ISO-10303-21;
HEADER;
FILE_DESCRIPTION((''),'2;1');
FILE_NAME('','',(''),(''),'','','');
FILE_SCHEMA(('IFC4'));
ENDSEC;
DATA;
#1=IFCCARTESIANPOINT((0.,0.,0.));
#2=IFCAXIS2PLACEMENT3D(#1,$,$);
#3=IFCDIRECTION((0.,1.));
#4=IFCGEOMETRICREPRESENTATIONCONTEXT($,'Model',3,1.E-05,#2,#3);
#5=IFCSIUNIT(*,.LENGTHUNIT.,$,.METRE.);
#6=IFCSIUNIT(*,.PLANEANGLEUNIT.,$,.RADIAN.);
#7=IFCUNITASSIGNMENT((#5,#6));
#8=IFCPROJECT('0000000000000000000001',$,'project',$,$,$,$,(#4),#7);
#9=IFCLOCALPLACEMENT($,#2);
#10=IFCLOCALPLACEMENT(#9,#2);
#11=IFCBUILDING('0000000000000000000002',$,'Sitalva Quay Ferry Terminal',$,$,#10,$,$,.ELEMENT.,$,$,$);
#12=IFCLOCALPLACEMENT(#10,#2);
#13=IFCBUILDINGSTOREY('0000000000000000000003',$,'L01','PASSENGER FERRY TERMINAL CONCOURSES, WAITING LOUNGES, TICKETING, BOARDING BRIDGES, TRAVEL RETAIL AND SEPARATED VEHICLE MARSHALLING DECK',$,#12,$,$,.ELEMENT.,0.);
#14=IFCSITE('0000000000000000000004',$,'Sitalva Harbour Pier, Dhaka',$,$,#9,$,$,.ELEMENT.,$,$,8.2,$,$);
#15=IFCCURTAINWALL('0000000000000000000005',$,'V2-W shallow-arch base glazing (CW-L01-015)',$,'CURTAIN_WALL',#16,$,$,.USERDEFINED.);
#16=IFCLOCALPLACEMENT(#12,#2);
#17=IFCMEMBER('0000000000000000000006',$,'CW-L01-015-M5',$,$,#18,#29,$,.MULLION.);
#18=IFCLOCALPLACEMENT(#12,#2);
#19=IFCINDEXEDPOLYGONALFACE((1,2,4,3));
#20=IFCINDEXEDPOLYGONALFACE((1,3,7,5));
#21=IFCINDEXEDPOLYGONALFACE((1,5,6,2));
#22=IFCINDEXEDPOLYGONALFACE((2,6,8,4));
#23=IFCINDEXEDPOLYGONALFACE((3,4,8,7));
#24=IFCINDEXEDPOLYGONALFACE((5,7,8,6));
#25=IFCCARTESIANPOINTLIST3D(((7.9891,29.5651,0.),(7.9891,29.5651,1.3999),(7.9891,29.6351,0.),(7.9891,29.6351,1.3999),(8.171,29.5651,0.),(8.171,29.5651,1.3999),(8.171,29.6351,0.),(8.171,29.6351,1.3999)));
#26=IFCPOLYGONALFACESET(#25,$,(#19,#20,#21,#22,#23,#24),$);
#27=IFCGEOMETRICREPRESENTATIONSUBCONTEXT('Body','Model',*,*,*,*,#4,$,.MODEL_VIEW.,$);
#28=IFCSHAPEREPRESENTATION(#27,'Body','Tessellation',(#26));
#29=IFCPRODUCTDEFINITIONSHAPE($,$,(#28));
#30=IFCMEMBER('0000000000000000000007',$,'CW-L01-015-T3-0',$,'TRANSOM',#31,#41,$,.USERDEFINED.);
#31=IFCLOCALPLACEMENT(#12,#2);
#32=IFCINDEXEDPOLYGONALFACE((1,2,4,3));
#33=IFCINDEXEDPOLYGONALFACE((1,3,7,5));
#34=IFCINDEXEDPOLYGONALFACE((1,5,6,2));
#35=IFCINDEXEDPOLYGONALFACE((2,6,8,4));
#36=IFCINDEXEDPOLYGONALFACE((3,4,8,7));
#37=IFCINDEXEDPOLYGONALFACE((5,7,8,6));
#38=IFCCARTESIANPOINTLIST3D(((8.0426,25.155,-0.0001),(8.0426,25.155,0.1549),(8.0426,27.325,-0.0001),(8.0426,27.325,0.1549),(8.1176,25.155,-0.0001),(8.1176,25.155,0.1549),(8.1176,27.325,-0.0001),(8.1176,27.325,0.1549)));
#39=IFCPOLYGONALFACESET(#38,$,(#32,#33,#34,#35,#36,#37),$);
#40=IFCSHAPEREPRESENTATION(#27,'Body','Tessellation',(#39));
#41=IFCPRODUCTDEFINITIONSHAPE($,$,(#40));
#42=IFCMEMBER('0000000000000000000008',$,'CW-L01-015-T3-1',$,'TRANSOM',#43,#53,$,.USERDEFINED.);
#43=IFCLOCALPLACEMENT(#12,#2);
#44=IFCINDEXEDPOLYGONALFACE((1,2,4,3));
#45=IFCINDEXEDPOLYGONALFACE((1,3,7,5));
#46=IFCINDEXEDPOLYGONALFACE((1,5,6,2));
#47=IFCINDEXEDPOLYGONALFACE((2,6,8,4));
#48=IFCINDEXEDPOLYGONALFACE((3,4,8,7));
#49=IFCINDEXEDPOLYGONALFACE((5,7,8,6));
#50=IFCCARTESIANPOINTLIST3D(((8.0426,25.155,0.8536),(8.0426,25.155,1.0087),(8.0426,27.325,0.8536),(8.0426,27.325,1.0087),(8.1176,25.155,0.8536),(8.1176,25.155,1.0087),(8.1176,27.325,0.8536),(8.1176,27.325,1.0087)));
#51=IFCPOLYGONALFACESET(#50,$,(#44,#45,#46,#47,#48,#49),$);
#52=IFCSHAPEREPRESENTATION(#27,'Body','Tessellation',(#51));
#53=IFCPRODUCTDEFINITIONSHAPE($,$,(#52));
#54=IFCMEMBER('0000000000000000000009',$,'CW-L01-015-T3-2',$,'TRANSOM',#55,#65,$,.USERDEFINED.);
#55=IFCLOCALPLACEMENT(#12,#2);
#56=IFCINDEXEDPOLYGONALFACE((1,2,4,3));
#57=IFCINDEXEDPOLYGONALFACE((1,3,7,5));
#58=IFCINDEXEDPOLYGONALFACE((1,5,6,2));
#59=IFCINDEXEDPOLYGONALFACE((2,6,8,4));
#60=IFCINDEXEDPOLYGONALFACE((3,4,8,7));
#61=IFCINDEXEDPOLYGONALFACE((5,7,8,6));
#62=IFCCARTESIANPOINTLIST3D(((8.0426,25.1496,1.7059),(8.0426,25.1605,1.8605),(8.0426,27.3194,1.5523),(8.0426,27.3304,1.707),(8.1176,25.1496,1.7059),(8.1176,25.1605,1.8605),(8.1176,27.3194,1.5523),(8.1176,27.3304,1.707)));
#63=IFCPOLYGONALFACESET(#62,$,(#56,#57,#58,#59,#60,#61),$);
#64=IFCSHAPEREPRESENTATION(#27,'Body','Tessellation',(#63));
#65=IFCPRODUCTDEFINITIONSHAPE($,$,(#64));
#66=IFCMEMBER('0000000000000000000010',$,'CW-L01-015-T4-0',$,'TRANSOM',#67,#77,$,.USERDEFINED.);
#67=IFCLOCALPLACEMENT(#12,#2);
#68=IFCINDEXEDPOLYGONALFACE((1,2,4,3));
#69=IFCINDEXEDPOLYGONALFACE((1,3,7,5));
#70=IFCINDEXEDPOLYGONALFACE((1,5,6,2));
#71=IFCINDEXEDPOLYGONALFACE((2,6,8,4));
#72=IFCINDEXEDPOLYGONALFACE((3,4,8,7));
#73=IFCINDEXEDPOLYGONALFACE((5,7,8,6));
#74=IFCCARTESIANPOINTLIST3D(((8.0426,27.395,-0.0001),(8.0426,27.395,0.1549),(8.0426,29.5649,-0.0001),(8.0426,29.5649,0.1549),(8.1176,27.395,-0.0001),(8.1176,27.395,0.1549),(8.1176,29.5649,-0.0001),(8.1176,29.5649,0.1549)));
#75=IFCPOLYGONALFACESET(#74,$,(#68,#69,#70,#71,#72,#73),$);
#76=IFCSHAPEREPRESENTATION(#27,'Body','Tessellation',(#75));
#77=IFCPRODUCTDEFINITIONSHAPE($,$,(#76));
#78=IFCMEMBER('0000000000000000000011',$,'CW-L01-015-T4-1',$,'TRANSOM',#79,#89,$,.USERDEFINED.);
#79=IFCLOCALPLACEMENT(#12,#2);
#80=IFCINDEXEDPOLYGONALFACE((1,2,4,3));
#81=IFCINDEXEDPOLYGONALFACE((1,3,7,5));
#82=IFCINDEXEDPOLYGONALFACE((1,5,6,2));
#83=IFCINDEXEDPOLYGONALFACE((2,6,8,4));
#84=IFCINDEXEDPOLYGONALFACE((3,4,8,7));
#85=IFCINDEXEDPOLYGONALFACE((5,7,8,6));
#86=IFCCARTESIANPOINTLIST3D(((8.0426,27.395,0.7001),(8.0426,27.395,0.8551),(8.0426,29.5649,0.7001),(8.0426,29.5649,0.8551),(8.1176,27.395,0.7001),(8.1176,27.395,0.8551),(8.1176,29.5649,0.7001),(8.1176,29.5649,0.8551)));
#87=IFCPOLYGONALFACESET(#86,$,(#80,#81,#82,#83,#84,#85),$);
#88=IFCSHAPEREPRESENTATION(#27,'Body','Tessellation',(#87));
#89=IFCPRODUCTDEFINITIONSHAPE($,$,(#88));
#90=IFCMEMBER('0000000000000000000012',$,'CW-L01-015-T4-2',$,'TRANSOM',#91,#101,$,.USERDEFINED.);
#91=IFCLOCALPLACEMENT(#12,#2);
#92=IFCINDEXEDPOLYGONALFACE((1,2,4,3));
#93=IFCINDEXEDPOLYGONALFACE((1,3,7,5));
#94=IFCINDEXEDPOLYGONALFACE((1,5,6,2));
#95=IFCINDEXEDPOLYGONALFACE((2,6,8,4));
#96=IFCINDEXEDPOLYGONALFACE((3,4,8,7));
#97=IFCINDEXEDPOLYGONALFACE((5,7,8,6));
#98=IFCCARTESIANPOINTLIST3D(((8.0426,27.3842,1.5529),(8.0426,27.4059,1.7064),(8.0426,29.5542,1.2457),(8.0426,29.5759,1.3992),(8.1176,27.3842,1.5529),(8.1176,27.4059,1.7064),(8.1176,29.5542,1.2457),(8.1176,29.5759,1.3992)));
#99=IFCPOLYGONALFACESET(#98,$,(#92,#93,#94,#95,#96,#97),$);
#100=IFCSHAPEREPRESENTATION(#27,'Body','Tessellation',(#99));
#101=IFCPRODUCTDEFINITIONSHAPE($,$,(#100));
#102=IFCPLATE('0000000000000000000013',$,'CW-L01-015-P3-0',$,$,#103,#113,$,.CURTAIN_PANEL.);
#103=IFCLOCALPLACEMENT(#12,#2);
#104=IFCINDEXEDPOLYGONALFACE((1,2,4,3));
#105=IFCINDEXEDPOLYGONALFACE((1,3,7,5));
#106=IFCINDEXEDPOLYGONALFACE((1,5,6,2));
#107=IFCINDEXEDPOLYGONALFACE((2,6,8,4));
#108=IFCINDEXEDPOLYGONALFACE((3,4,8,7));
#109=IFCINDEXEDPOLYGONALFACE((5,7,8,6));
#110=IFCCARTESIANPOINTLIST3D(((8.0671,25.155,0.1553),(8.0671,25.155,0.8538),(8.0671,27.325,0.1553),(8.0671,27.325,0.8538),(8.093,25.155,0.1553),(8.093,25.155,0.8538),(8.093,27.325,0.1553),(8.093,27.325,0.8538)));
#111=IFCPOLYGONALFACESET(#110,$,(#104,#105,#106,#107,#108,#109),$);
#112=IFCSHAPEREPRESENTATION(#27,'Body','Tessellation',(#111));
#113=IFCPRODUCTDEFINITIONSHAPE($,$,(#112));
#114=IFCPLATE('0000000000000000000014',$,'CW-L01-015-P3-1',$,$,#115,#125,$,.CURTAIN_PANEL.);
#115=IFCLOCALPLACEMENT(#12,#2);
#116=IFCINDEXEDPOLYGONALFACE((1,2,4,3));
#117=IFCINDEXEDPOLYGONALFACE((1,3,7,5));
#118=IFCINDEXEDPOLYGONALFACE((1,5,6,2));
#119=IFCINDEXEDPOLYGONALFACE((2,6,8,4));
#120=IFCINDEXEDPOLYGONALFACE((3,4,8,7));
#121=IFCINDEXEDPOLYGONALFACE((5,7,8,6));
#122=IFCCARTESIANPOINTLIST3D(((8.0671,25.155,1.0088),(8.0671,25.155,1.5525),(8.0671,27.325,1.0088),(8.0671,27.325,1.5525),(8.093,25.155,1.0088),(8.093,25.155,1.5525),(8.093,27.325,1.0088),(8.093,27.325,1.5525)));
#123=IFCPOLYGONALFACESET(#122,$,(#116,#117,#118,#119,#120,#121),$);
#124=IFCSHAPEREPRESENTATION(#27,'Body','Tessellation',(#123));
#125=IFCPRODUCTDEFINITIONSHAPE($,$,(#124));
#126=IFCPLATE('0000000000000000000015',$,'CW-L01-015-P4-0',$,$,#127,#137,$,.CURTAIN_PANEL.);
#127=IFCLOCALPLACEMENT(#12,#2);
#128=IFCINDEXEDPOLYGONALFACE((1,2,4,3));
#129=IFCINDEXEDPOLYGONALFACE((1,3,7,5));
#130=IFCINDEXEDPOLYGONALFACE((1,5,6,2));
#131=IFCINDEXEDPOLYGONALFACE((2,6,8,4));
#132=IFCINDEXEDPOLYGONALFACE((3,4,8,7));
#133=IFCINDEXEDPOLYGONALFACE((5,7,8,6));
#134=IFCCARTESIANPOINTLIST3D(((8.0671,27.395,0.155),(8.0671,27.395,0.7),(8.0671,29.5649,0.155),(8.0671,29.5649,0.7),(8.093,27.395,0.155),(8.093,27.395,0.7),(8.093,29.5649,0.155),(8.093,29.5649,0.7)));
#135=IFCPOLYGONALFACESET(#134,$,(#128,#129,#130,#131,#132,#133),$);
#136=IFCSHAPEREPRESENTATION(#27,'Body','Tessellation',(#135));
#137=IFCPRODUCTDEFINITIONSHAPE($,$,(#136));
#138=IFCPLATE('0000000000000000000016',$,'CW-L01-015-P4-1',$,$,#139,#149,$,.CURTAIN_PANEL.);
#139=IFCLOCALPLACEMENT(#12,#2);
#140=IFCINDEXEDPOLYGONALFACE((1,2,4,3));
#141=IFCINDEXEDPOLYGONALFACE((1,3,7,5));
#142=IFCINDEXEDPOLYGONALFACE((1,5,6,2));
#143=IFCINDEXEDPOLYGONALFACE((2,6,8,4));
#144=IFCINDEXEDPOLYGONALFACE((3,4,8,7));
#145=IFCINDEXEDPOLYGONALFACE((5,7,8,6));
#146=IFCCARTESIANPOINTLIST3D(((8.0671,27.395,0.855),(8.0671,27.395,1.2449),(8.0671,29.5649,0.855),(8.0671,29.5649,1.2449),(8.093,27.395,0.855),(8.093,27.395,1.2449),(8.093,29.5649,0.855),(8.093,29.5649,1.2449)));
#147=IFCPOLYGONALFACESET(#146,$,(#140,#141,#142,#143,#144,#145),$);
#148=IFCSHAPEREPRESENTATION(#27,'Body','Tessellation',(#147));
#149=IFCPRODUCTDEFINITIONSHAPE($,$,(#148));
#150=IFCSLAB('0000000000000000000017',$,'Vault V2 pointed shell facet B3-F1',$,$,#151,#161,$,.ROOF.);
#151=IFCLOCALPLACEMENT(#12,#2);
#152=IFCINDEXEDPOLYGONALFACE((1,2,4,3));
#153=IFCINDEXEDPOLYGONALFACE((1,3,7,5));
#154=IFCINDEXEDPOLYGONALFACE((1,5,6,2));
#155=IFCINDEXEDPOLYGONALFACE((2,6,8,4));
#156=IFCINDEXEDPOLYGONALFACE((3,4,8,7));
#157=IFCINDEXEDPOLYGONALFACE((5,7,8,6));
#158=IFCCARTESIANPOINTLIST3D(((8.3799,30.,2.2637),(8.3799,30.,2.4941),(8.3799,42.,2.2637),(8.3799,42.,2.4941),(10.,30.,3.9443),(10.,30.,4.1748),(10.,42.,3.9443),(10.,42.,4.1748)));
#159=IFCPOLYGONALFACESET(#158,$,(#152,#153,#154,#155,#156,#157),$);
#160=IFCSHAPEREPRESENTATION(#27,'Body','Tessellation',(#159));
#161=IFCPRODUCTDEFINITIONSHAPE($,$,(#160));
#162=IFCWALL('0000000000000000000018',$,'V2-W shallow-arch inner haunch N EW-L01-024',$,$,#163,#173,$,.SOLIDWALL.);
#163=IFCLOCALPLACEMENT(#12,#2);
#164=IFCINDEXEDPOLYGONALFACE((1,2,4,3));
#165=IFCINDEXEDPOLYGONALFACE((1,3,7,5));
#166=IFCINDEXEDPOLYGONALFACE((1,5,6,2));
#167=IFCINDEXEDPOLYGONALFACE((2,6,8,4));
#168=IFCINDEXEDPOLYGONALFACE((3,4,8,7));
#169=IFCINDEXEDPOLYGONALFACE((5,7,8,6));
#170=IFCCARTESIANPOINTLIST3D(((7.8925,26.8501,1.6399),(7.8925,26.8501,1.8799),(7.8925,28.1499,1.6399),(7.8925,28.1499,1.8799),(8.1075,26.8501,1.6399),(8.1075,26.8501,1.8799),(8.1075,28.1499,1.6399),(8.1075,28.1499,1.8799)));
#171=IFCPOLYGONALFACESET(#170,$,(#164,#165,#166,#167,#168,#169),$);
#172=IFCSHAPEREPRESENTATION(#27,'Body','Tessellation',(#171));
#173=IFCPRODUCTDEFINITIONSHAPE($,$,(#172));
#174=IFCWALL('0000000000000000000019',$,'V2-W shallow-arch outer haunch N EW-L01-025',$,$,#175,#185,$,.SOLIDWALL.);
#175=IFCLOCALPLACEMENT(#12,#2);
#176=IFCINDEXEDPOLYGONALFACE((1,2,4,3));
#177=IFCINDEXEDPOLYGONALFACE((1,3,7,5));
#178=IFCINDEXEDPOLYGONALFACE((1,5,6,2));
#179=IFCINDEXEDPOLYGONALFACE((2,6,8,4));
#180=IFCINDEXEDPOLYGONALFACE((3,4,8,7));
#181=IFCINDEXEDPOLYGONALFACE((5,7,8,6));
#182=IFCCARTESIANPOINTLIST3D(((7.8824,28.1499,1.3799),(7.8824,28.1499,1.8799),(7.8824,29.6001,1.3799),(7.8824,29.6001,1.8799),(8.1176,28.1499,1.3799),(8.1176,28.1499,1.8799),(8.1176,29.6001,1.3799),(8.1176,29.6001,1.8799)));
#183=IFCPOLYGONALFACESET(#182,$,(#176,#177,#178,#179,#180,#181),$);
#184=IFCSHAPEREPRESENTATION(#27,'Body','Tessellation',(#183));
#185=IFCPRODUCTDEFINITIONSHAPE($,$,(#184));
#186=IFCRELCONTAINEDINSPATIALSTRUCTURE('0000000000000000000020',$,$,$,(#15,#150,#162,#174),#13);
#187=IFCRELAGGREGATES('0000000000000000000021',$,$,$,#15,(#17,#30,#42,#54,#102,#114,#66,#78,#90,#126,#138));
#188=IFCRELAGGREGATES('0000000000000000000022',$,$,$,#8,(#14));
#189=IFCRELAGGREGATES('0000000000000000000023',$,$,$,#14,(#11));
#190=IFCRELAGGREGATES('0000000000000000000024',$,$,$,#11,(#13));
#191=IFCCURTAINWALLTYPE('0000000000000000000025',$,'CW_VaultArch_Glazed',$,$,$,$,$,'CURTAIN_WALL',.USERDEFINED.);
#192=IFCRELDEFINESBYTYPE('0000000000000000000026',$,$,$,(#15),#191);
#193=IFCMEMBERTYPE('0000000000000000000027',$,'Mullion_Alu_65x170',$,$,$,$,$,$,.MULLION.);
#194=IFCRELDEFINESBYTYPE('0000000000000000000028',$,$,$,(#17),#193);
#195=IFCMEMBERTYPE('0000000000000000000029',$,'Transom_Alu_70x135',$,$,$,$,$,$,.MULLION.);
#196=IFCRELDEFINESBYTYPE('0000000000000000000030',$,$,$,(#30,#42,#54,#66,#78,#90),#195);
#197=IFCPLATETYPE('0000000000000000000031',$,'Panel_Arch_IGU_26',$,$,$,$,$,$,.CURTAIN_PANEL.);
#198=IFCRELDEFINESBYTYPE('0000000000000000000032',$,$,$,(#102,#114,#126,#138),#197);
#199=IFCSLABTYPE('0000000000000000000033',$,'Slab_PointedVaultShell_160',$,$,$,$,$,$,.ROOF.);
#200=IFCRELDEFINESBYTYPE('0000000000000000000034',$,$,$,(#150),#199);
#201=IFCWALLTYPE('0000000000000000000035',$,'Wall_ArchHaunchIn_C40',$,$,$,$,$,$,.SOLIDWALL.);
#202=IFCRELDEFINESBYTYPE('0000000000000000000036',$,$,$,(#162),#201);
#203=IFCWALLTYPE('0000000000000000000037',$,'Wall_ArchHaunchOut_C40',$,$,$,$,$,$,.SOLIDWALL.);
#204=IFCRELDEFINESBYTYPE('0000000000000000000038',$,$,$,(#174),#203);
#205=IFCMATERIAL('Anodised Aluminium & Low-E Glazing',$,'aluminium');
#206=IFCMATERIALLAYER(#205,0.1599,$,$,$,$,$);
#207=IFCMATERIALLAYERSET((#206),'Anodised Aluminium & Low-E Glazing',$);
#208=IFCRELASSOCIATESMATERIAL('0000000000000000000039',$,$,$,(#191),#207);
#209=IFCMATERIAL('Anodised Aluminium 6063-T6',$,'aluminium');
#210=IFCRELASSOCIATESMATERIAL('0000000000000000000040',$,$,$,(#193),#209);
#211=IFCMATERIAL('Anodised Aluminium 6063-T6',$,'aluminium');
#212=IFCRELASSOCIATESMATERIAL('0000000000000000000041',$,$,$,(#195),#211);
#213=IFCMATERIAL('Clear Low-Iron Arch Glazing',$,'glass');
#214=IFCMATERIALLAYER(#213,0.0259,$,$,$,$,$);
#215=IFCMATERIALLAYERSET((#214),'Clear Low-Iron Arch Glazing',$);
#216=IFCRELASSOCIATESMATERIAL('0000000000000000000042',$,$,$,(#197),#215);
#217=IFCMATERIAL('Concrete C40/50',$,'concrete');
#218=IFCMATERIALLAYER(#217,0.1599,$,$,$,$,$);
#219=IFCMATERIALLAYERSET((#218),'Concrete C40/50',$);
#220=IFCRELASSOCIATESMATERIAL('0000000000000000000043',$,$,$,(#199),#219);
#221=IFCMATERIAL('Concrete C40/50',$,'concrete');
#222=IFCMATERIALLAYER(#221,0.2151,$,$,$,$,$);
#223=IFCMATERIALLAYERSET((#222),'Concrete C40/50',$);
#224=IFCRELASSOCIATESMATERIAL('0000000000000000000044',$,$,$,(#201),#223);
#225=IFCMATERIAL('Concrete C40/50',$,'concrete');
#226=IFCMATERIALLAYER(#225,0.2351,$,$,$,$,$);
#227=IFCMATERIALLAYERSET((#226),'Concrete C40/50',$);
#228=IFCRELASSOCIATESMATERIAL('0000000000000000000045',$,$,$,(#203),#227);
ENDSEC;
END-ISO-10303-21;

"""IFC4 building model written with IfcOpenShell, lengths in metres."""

from ifc_helpers import new_model, si_unit, direction, frame, frame_2d, origin, origin_2d, place, context, subcontext, project, spatial, polyline, rectangle, outline, extrude, material, layer, layer_set, material_profile, profile_set, type_object, element, aggregate, save


model = new_model("IFC4")

# Units and contexts
model_context = context("Model", 3, precision=1e-05, world=origin(), true_north=direction((0.0, 1.0)))
body_context = subcontext(model_context, "Body", "Model", "MODEL_VIEW")
ifc_project = project(units=[si_unit("LENGTHUNIT", "METRE"), si_unit("PLANEANGLEUNIT", "RADIAN")], contexts=[model_context])

# Site, building, storey
site_placement = place(None, origin())
site = spatial("IfcSite", under=ifc_project, at=site_placement, Name="Sitalva Harbour Pier, Dhaka", CompositionType="ELEMENT", RefElevation=8.2)
building_placement = place(site_placement, origin())
building = spatial("IfcBuilding", under=site, at=building_placement, Name="Sitalva Quay Ferry Terminal", CompositionType="ELEMENT")
storey_placement = place(building_placement, origin())
storey = spatial("IfcBuildingStorey", under=building, at=storey_placement, Name="L01", Description="PASSENGER FERRY TERMINAL CONCOURSES, WAITING LOUNGES, TICKETING, BOARDING BRIDGES, TRAVEL RETAIL AND SEPARATED VEHICLE MARSHALLING DECK", CompositionType="ELEMENT", Elevation=0.0)

# Curtain wall, members, plates
ifc_material_1 = material(Name="Anodised Aluminium & Low-E Glazing", Category="aluminium")
ifc_layer_1 = layer(ifc_material_1, 0.1599)
ifc_layer_set_1 = layer_set([ifc_layer_1], Name="Anodised Aluminium & Low-E Glazing")
curtain_wall_type = type_object("IfcCurtainWallType", Name="CW_VaultArch_Glazed", ElementType="CURTAIN_WALL", PredefinedType="USERDEFINED", material=ifc_layer_set_1)
curtain_wall_placement = place(storey_placement, origin())
curtain_wall = element("IfcCurtainWall", 1, at=curtain_wall_placement, inside=storey, type_object=curtain_wall_type, Name="V2-W shallow-arch base glazing (CW-L01-015)", ObjectType="CURTAIN_WALL", PredefinedType="USERDEFINED")
ifc_material_2 = material(Name="Anodised Aluminium 6063-T6", Category="aluminium")
ifc_material_profile_1 = material_profile(ifc_material_2, rectangle(XDim=0.0701, YDim=0.1819, at=origin_2d()), Name="ALU70x182")
ifc_profile_set_1 = profile_set([ifc_material_profile_1], Name="Anodised Aluminium 6063-T6")
member_type_1 = type_object("IfcMemberType", Name="Mullion_Alu_65x170", PredefinedType="MULLION", material=ifc_profile_set_1)
member_1_placement = place(storey_placement, frame((8.0801, 29.6001, 0.0), z_axis=(0.0, 0.0, 1.0), x_axis=(0.0, 1.0, 0.0)))
member_1 = element("IfcMember", 2, at=member_1_placement, type_object=member_type_1, Name="CW-L01-015-M5", PredefinedType="MULLION", context=body_context, shape_type="SweptSolid", body=[
    extrude(rectangle(XDim=0.0701, YDim=0.1819, at=origin_2d()), origin(), (0.0, 0.0, 1.0), 1.3999),
])
ifc_material_3 = material(Name="Anodised Aluminium 6063-T6", Category="aluminium")
ifc_material_profile_2 = material_profile(ifc_material_3, rectangle(XDim=0.075, YDim=0.155, at=origin_2d()), Name="ALU75x155")
ifc_profile_set_2 = profile_set([ifc_material_profile_2], Name="Anodised Aluminium 6063-T6")
member_type_2 = type_object("IfcMemberType", Name="Transom_Alu_70x135", PredefinedType="MULLION", material=ifc_profile_set_2)
member_2_placement = place(storey_placement, frame((8.0801, 25.155, 0.0774), z_axis=(0.0, 1.0, 0.0), x_axis=(-1.0, 0.0, 0.0)))
member_2 = element("IfcMember", 3, at=member_2_placement, type_object=member_type_2, Name="CW-L01-015-T3-0", ObjectType="TRANSOM", PredefinedType="USERDEFINED", context=body_context, shape_type="SweptSolid", body=[
    extrude(rectangle(XDim=0.075, YDim=0.155, at=origin_2d()), origin(), (0.0, 0.0, 1.0), 2.1699),
])
member_3_placement = place(storey_placement, frame((8.0801, 25.155, 0.9312), z_axis=(0.0, 1.0, 0.0), x_axis=(-1.0, 0.0, 0.0)))
member_3 = element("IfcMember", 4, at=member_3_placement, type_object=member_type_2, Name="CW-L01-015-T3-1", ObjectType="TRANSOM", PredefinedType="USERDEFINED", context=body_context, shape_type="SweptSolid", body=[
    extrude(rectangle(XDim=0.075, YDim=0.155, at=origin_2d()), origin(), (0.0, 0.0, 1.0), 2.1699),
])
member_4_placement = place(storey_placement, frame((8.0801, 25.155, 1.7832), z_axis=(0.0, 0.997505, -0.070593), x_axis=(-1.0, 0.0, 0.0)))
member_4 = element("IfcMember", 5, at=member_4_placement, type_object=member_type_2, Name="CW-L01-015-T3-2", ObjectType="TRANSOM", PredefinedType="USERDEFINED", context=body_context, shape_type="SweptSolid", body=[
    extrude(rectangle(XDim=0.075, YDim=0.155, at=origin_2d()), origin(), (0.0, 0.0, 1.0), 2.1753),
])
member_5_placement = place(storey_placement, frame((8.0801, 27.395, 0.0774), z_axis=(0.0, 1.0, 0.0), x_axis=(-1.0, 0.0, 0.0)))
member_5 = element("IfcMember", 6, at=member_5_placement, type_object=member_type_2, Name="CW-L01-015-T4-0", ObjectType="TRANSOM", PredefinedType="USERDEFINED", context=body_context, shape_type="SweptSolid", body=[
    extrude(rectangle(XDim=0.075, YDim=0.155, at=origin_2d()), origin(), (0.0, 0.0, 1.0), 2.1699),
])
member_6_placement = place(storey_placement, frame((8.0801, 27.395, 0.7776), z_axis=(0.0, 1.0, 0.0), x_axis=(-1.0, 0.0, 0.0)))
member_6 = element("IfcMember", 7, at=member_6_placement, type_object=member_type_2, Name="CW-L01-015-T4-1", ObjectType="TRANSOM", PredefinedType="USERDEFINED", context=body_context, shape_type="SweptSolid", body=[
    extrude(rectangle(XDim=0.075, YDim=0.155, at=origin_2d()), origin(), (0.0, 0.0, 1.0), 2.1699),
])
member_7_placement = place(storey_placement, frame((8.0801, 27.395, 1.6296), z_axis=(0.0, 0.990131, -0.140142), x_axis=(-1.0, 0.0, 0.0)))
member_7 = element("IfcMember", 8, at=member_7_placement, type_object=member_type_2, Name="CW-L01-015-T4-2", ObjectType="TRANSOM", PredefinedType="USERDEFINED", context=body_context, shape_type="SweptSolid", body=[
    extrude(rectangle(XDim=0.075, YDim=0.155, at=origin_2d()), origin(), (0.0, 0.0, 1.0), 2.1917),
])
ifc_material_4 = material(Name="Clear Low-Iron Arch Glazing", Category="glass")
ifc_layer_2 = layer(ifc_material_4, 0.0259)
ifc_layer_set_2 = layer_set([ifc_layer_2], Name="Clear Low-Iron Arch Glazing")
plate_type = type_object("IfcPlateType", Name="Panel_Arch_IGU_26", PredefinedType="CURTAIN_PANEL", material=ifc_layer_set_2)
plate_1_placement = place(storey_placement, frame((8.0801, 26.24, 0.1553), z_axis=(0.0, 0.0, 1.0), x_axis=(0.0, 1.0, 0.0)))
plate_1 = element("IfcPlate", 9, at=plate_1_placement, type_object=plate_type, Name="CW-L01-015-P3-0", PredefinedType="CURTAIN_PANEL", context=body_context, shape_type="SweptSolid", body=[
    extrude(rectangle(XDim=2.1699, YDim=0.0259, at=origin_2d()), origin(), (0.0, 0.0, 1.0), 0.6985),
])
plate_2_placement = place(storey_placement, frame((8.0801, 26.24, 1.0088), z_axis=(0.0, 0.0, 1.0), x_axis=(0.0, 1.0, 0.0)))
plate_2 = element("IfcPlate", 10, at=plate_2_placement, type_object=plate_type, Name="CW-L01-015-P3-1", PredefinedType="CURTAIN_PANEL", context=body_context, shape_type="SweptSolid", body=[
    extrude(rectangle(XDim=2.1699, YDim=0.0259, at=origin_2d()), origin(), (0.0, 0.0, 1.0), 0.5437),
])
plate_3_placement = place(storey_placement, frame((8.0801, 28.48, 0.155), z_axis=(0.0, 0.0, 1.0), x_axis=(0.0, 1.0, 0.0)))
plate_3 = element("IfcPlate", 11, at=plate_3_placement, type_object=plate_type, Name="CW-L01-015-P4-0", PredefinedType="CURTAIN_PANEL", context=body_context, shape_type="SweptSolid", body=[
    extrude(rectangle(XDim=2.1699, YDim=0.0259, at=origin_2d()), origin(), (0.0, 0.0, 1.0), 0.5449),
])
plate_4_placement = place(storey_placement, frame((8.0801, 28.48, 0.855), z_axis=(0.0, 0.0, 1.0), x_axis=(0.0, 1.0, 0.0)))
plate_4 = element("IfcPlate", 12, at=plate_4_placement, type_object=plate_type, Name="CW-L01-015-P4-1", PredefinedType="CURTAIN_PANEL", context=body_context, shape_type="SweptSolid", body=[
    extrude(rectangle(XDim=2.1699, YDim=0.0259, at=origin_2d()), origin(), (0.0, 0.0, 1.0), 0.3899),
])
aggregate(curtain_wall, [member_1, member_2, member_3, member_4, plate_1, plate_2, member_5, member_6, member_7, plate_3, plate_4])

# Slab
ifc_material_5 = material(Name="Concrete C40/50", Category="concrete")
ifc_layer_3 = layer(ifc_material_5, 0.1599)
ifc_layer_set_3 = layer_set([ifc_layer_3], Name="Concrete C40/50")
slab_type = type_object("IfcSlabType", Name="Slab_PointedVaultShell_160", PredefinedType="ROOF", material=ifc_layer_set_3)
slab_placement = place(storey_placement, frame((8.3799, 30.0, 2.4941), z_axis=(-0.719956, 0.0, 0.694019), x_axis=(0.694019, 0.0, 0.719956)))
element("IfcSlab", 13, at=slab_placement, inside=storey, type_object=slab_type, Name="Vault V2 pointed shell facet B3-F1", PredefinedType="ROOF", context=body_context, shape_type="SweptSolid", body=[
    extrude(outline(polyline([(0.0, 0.0), (2.3344, 0.0), (2.3344, 12.0), (0.0, 12.0), (0.0, 0.0)])), origin(), (-0.719956, 0.0, -0.694019), 0.2305),
])

# Walls
ifc_material_6 = material(Name="Concrete C40/50", Category="concrete")
ifc_layer_4 = layer(ifc_material_6, 0.2151)
ifc_layer_set_4 = layer_set([ifc_layer_4], Name="Concrete C40/50")
wall_type_1 = type_object("IfcWallType", Name="Wall_ArchHaunchIn_C40", PredefinedType="SOLIDWALL", material=ifc_layer_set_4)
wall_1_placement = place(storey_placement, frame((8.0, 26.8501, 1.6399), z_axis=(0.0, 0.0, 1.0), x_axis=(0.0, 1.0, 0.0)))
element("IfcWall", 14, at=wall_1_placement, inside=storey, type_object=wall_type_1, Name="V2-W shallow-arch inner haunch N EW-L01-024", PredefinedType="SOLIDWALL", context=body_context, shape_type="SweptSolid", body=[
    extrude(rectangle(XDim=1.2998, YDim=0.2151, at=frame_2d((0.6499, 0.0))), origin(), (0.0, 0.0, 1.0), 0.24),
])
ifc_material_7 = material(Name="Concrete C40/50", Category="concrete")
ifc_layer_5 = layer(ifc_material_7, 0.2351)
ifc_layer_set_5 = layer_set([ifc_layer_5], Name="Concrete C40/50")
wall_type_2 = type_object("IfcWallType", Name="Wall_ArchHaunchOut_C40", PredefinedType="SOLIDWALL", material=ifc_layer_set_5)
wall_2_placement = place(storey_placement, frame((8.0, 28.1499, 1.3799), z_axis=(0.0, 0.0, 1.0), x_axis=(0.0, 1.0, 0.0)))
element("IfcWall", 15, at=wall_2_placement, inside=storey, type_object=wall_type_2, Name="V2-W shallow-arch outer haunch N EW-L01-025", PredefinedType="SOLIDWALL", context=body_context, shape_type="SweptSolid", body=[
    extrude(rectangle(XDim=1.4502, YDim=0.2351, at=frame_2d((0.7251, 0.0))), origin(), (0.0, 0.0, 1.0), 0.5),
])

save(model, "model.ifc")
